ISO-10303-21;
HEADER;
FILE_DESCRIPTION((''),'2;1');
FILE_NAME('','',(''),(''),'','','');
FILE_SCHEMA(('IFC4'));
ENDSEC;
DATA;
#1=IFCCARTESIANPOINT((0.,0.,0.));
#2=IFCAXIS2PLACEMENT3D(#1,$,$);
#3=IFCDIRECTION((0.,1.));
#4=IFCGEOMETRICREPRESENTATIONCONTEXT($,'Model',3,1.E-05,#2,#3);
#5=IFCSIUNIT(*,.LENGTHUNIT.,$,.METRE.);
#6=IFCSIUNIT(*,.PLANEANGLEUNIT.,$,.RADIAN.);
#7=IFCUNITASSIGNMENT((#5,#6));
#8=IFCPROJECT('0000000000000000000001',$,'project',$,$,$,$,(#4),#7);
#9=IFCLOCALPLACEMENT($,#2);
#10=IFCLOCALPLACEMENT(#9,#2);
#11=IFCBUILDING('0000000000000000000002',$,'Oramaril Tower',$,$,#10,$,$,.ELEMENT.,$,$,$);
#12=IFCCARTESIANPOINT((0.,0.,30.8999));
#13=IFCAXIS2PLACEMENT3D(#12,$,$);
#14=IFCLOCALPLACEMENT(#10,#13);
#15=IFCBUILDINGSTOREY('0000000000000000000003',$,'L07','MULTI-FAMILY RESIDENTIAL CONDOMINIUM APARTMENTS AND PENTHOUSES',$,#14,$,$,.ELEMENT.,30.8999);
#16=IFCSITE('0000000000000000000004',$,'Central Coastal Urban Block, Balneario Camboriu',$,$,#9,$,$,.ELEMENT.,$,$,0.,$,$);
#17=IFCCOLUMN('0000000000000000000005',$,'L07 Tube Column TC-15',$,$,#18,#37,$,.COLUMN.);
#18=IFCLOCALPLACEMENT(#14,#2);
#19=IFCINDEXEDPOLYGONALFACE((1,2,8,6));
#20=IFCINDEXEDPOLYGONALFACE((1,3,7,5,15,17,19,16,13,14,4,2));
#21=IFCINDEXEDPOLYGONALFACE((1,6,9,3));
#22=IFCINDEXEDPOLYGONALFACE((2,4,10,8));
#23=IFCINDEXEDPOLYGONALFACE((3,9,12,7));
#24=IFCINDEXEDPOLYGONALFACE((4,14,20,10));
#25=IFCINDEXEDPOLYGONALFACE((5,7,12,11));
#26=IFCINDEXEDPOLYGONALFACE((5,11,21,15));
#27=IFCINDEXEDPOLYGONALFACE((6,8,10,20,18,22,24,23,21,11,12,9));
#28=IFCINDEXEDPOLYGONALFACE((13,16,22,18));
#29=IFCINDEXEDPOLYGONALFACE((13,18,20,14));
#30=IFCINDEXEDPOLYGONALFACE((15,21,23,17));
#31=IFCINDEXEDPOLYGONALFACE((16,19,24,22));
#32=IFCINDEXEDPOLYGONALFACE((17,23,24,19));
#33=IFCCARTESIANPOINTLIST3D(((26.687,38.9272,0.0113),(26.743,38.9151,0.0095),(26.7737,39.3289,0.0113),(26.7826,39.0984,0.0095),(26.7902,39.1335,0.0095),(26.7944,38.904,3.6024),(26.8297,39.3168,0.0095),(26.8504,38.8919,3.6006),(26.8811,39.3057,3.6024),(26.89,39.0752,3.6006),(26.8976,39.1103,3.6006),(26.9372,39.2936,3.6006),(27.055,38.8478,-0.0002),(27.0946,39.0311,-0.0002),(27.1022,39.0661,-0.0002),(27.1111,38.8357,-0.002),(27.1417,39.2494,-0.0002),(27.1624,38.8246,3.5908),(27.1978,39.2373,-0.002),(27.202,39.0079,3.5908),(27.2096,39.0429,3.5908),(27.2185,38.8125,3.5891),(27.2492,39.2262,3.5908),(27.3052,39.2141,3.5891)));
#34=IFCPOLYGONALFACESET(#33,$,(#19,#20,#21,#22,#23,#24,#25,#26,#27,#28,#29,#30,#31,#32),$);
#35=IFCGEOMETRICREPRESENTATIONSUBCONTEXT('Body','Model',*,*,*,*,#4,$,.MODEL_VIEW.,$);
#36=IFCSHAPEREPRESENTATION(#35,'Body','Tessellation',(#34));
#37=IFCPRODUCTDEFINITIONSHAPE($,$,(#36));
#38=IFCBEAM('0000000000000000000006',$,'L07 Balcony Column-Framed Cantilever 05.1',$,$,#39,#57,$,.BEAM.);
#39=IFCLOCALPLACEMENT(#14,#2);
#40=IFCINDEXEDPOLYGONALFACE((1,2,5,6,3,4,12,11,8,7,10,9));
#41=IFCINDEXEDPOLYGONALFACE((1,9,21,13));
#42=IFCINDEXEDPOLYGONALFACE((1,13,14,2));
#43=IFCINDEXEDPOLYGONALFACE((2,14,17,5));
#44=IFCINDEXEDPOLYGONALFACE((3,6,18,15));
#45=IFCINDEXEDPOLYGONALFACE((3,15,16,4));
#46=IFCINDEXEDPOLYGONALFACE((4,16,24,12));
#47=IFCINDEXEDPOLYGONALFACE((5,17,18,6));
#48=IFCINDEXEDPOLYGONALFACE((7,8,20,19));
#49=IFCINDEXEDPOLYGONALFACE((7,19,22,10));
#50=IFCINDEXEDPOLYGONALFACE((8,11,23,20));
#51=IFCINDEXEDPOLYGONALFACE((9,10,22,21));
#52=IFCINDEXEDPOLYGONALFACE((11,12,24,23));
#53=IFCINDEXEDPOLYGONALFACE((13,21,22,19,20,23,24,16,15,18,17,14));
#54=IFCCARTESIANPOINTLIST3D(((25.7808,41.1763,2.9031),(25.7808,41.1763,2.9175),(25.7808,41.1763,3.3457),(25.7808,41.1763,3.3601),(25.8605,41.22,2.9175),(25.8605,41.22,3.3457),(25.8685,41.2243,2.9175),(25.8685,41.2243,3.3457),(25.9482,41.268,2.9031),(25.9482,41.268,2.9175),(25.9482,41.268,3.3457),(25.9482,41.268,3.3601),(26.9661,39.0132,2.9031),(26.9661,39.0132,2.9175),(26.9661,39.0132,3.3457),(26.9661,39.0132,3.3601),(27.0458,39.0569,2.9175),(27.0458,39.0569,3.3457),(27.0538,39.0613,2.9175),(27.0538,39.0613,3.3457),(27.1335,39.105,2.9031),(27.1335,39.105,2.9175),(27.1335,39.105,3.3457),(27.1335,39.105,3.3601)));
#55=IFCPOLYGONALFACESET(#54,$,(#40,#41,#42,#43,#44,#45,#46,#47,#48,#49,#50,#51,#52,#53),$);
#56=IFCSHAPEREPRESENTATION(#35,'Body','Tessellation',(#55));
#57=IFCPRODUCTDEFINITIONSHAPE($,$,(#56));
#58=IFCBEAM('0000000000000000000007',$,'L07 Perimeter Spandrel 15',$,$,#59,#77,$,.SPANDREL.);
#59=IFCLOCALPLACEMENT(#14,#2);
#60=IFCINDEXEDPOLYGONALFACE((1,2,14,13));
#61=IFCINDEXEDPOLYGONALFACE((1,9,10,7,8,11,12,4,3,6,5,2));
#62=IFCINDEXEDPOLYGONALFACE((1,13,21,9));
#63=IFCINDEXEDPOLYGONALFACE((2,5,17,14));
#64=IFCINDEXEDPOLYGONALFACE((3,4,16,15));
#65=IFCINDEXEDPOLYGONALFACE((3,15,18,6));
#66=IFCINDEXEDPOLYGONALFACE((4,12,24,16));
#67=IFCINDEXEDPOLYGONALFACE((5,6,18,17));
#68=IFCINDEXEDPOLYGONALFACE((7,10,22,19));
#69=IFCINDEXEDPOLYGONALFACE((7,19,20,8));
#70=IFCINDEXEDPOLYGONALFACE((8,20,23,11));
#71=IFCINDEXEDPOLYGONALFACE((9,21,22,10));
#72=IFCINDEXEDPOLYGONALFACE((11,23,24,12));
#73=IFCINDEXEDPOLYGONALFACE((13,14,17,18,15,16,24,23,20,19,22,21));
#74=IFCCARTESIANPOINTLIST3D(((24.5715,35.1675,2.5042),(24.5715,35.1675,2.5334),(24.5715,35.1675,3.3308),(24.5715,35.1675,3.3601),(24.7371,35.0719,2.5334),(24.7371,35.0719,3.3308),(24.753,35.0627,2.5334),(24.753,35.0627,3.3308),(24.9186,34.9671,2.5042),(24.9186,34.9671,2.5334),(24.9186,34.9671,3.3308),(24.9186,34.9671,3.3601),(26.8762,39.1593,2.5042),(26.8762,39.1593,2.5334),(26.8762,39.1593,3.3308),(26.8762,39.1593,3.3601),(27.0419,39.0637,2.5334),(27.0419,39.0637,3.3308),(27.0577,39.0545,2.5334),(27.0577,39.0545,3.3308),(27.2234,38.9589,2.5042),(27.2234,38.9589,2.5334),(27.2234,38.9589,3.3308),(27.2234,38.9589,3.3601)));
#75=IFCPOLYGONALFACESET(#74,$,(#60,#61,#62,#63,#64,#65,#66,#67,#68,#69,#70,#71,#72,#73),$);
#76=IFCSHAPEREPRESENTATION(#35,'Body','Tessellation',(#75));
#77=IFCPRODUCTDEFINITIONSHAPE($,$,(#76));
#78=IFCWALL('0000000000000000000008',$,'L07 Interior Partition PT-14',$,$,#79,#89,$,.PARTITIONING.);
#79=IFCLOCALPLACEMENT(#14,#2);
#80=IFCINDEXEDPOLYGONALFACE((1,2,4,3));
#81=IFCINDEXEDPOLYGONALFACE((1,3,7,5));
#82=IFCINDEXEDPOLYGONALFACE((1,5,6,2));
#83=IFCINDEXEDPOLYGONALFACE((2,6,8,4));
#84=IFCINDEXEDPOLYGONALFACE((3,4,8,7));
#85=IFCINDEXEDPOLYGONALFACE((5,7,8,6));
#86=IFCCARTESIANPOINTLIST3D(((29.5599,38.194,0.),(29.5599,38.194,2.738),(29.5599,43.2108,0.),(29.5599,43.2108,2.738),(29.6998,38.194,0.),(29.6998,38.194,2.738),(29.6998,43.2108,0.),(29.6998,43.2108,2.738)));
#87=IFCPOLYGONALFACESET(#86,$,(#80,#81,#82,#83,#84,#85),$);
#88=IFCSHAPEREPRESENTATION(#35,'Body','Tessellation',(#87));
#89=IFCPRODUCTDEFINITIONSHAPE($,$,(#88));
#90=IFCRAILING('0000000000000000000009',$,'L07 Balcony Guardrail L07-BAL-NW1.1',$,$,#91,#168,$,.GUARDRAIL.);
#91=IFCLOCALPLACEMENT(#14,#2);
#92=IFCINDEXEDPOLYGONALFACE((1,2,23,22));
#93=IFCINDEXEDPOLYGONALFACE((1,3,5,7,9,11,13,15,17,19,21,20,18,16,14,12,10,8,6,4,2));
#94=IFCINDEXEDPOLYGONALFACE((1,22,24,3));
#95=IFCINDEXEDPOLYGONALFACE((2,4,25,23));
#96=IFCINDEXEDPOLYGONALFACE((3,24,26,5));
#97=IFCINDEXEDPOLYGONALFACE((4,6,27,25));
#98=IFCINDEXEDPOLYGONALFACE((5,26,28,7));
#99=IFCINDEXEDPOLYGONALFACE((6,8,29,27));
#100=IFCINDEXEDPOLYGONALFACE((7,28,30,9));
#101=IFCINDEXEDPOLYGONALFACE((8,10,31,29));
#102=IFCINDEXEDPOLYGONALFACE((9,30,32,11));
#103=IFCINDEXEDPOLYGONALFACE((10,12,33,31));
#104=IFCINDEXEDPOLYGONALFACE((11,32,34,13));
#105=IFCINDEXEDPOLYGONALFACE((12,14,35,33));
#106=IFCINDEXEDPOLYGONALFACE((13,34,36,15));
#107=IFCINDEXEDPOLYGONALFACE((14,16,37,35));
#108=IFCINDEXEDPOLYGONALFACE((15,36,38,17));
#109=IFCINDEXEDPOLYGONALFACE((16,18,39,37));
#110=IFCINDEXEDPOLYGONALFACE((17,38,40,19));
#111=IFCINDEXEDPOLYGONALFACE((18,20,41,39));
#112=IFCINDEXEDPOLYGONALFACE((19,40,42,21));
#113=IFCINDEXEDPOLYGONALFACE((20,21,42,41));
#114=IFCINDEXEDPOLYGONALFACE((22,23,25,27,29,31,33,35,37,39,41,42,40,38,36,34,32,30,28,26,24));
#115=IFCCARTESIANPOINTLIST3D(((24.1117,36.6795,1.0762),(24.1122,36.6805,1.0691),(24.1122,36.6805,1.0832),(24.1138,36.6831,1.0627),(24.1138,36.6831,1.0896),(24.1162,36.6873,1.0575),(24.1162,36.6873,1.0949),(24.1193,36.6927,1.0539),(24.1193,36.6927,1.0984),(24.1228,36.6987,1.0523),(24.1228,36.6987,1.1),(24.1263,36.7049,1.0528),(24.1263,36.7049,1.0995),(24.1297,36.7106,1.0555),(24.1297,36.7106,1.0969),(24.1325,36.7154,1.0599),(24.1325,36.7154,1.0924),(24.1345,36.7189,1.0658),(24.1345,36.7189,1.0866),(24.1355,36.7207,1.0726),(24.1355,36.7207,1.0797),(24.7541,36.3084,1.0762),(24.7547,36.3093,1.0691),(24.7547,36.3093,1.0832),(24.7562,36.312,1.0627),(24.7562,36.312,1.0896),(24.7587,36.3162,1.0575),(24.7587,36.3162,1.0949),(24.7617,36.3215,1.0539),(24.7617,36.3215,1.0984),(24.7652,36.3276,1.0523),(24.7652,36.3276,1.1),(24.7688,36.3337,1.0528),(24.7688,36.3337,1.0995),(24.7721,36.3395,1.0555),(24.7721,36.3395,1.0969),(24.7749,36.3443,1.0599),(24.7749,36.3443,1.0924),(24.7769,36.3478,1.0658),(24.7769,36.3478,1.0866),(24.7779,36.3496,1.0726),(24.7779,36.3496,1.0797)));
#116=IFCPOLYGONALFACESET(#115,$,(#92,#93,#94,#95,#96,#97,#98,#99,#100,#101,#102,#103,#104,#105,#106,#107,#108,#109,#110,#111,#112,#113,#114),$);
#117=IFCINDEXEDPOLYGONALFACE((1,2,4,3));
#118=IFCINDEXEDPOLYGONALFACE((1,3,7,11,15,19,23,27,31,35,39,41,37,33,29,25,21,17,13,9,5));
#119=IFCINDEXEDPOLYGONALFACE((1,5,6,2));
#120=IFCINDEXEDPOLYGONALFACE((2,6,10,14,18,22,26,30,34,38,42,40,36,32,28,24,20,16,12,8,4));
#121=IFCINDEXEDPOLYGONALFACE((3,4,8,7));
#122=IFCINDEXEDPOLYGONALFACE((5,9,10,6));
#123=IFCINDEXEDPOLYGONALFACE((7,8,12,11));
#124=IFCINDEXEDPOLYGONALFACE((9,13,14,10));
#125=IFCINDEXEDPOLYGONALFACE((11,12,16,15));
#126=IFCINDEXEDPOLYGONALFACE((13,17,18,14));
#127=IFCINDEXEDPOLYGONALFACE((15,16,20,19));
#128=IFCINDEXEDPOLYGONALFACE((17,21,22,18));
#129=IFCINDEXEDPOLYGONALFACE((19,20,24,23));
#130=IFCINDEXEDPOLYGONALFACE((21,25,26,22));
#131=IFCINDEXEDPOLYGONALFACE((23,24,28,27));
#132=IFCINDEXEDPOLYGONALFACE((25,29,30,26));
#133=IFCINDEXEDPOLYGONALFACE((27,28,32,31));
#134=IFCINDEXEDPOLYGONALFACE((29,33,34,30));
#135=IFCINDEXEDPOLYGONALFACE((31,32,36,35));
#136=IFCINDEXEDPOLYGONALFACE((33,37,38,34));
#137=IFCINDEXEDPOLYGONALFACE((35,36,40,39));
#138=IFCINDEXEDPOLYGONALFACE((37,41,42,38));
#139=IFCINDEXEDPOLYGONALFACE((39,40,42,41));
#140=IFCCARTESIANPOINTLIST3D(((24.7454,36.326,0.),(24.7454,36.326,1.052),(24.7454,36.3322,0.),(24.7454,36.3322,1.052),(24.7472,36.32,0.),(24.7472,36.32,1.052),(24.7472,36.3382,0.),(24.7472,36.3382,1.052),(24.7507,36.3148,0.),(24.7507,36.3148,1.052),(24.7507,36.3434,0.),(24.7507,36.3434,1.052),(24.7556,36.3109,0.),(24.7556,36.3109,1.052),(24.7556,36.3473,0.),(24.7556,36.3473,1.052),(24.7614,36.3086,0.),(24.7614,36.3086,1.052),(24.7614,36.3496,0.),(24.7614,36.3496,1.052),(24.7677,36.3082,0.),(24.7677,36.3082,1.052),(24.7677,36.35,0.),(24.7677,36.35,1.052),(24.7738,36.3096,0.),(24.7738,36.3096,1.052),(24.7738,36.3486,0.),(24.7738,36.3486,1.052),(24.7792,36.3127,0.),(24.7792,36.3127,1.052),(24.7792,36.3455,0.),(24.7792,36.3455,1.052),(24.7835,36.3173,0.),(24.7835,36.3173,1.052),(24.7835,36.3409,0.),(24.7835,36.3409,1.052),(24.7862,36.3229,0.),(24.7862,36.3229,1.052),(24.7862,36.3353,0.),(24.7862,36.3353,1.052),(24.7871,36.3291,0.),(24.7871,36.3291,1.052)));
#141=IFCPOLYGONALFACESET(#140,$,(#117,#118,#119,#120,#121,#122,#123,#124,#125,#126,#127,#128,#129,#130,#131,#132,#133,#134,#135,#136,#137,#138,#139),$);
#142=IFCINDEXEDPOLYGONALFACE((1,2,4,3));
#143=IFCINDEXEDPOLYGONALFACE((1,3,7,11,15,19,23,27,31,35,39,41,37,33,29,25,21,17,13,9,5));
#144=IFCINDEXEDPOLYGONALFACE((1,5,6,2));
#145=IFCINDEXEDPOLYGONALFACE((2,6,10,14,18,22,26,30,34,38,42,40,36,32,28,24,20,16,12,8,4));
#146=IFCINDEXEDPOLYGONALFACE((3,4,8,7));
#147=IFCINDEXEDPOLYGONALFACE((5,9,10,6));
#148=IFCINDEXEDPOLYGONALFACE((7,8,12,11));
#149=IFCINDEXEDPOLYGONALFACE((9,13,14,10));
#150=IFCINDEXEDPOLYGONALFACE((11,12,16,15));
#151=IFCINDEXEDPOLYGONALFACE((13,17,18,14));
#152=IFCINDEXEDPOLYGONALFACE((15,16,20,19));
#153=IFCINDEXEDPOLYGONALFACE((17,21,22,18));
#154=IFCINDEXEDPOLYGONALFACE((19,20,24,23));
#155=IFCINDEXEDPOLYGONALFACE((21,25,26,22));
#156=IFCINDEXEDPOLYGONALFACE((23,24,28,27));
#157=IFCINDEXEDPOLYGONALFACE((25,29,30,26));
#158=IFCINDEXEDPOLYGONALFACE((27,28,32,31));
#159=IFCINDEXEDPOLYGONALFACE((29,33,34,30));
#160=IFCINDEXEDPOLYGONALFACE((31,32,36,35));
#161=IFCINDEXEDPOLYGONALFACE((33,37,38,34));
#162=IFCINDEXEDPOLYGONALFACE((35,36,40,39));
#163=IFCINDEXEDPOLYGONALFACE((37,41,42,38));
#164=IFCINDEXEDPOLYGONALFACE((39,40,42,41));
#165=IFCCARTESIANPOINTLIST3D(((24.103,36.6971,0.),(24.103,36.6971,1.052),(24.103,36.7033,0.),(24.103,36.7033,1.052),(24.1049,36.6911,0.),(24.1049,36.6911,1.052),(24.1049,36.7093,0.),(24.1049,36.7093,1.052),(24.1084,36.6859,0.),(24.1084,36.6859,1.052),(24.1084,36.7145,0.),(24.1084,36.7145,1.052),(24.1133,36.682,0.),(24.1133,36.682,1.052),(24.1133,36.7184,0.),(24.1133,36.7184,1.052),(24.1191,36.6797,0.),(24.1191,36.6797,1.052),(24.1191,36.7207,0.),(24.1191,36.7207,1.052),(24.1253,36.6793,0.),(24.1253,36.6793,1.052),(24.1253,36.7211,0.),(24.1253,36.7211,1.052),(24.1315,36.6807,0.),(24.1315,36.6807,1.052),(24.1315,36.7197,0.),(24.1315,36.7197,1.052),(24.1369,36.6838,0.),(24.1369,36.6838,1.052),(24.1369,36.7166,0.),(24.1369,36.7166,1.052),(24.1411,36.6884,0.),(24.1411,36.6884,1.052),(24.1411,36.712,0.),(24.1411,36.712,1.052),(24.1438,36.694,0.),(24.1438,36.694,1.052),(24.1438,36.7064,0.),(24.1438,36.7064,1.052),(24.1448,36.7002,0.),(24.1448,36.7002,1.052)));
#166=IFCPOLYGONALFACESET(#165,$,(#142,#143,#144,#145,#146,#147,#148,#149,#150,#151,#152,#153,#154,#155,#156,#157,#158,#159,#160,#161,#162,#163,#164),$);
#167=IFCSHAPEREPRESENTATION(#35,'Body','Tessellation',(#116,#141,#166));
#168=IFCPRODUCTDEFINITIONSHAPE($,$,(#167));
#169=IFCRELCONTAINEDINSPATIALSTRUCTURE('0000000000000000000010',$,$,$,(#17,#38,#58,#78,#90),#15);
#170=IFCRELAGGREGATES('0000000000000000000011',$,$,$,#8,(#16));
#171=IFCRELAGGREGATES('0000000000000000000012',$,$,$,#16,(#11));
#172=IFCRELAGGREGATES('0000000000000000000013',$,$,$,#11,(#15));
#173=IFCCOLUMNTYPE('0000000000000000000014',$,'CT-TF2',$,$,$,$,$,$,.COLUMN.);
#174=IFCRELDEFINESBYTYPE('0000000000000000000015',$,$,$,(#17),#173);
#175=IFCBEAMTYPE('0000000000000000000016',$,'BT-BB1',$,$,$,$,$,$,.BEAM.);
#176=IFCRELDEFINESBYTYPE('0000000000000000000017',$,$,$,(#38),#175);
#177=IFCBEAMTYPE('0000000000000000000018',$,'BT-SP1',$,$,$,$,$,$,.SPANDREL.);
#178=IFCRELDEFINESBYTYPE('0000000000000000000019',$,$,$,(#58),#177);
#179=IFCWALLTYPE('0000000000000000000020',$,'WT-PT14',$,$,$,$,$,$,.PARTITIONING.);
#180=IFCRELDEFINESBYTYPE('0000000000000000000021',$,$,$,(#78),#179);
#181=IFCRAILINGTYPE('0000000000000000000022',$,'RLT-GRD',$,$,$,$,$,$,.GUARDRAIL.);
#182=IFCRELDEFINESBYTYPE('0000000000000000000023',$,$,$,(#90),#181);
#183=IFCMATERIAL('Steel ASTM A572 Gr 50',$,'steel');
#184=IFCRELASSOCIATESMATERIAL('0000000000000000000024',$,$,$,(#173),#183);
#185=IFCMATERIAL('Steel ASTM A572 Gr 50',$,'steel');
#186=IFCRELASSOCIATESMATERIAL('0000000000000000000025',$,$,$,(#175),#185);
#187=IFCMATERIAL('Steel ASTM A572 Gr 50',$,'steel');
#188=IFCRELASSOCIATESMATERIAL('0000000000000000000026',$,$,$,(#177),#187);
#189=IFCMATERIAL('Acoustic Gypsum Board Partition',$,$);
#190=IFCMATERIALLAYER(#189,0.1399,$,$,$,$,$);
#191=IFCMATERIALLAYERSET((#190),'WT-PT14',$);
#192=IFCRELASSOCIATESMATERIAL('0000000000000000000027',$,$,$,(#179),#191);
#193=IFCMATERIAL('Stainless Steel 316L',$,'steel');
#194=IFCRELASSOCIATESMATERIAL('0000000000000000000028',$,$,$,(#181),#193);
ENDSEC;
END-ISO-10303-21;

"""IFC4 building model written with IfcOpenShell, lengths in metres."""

from ifc_helpers import new_model, si_unit, direction, frame, frame_2d, origin, origin_2d, place, context, subcontext, project, spatial, rectangle, circle, i_section, extrude, material, layer, layer_set, material_profile, profile_set, type_object, element, save


model = new_model("IFC4")

# Units and contexts
model_context = context("Model", 3, precision=1e-05, world=origin(), true_north=direction((0.0, 1.0)))
body_context = subcontext(model_context, "Body", "Model", "MODEL_VIEW")
ifc_project = project(units=[si_unit("LENGTHUNIT", "METRE"), si_unit("PLANEANGLEUNIT", "RADIAN")], contexts=[model_context])

# Site, building, storey
site_placement = place(None, origin())
site = spatial("IfcSite", under=ifc_project, at=site_placement, Name="Central Coastal Urban Block, Balneario Camboriu", CompositionType="ELEMENT", RefElevation=0.0)
building_placement = place(site_placement, origin())
building = spatial("IfcBuilding", under=site, at=building_placement, Name="Oramaril Tower", CompositionType="ELEMENT")
storey_placement = place(building_placement, frame((0.0, 0.0, 30.8999)))
storey = spatial("IfcBuildingStorey", under=building, at=storey_placement, Name="L07", Description="MULTI-FAMILY RESIDENTIAL CONDOMINIUM APARTMENTS AND PENTHOUSES", CompositionType="ELEMENT", Elevation=30.8999)

# Column
ifc_material_1 = material(Name="Steel ASTM A572 Gr 50", Category="steel")
ifc_material_profile_1 = material_profile(ifc_material_1, i_section(OverallWidth=0.4109, OverallDepth=0.4341, WebThickness=0.0359, FlangeThickness=0.0574, at=origin_2d()), Name="W14X311")
ifc_profile_set_1 = profile_set([ifc_material_profile_1], Name="Steel ASTM A572 Gr 50")
column_type = type_object("IfcColumnType", Name="CT-TF2", PredefinedType="COLUMN", material=ifc_profile_set_1)
column_placement = place(storey_placement, frame((26.9424, 39.0823, 0.0046), z_axis=(0.0299, -0.006456, 0.999532), x_axis=(0.211046, 0.977476, 0.0)))
element("IfcColumn", 1, at=column_placement, inside=storey, type_object=column_type, Name="L07 Tube Column TC-15", PredefinedType="COLUMN", context=body_context, shape_type="SweptSolid", body=[
    extrude(i_section(OverallWidth=0.4109, OverallDepth=0.4341, WebThickness=0.0359, FlangeThickness=0.0574, at=origin_2d()), origin(), (0.0, 0.0, 1.0), 3.5928),
])

# Beams
ifc_material_2 = material(Name="Steel ASTM A572 Gr 50", Category="steel")
ifc_material_profile_2 = material_profile(ifc_material_2, i_section(OverallWidth=0.1909, OverallDepth=0.457, WebThickness=0.009, FlangeThickness=0.0144, at=origin_2d()), Name="W18X50")
ifc_profile_set_2 = profile_set([ifc_material_profile_2], Name="Steel ASTM A572 Gr 50")
beam_type_1 = type_object("IfcBeamType", Name="BT-BB1", PredefinedType="BEAM", material=ifc_profile_set_2)
beam_1_placement = place(storey_placement, frame((27.0498, 39.0591, 3.1316), z_axis=(-0.48055, 0.876967, 0.0), x_axis=(-0.876967, -0.48055, 0.0)))
element("IfcBeam", 2, at=beam_1_placement, inside=storey, type_object=beam_type_1, Name="L07 Balcony Column-Framed Cantilever 05.1", PredefinedType="BEAM", context=body_context, shape_type="SweptSolid", body=[
    extrude(i_section(OverallWidth=0.1909, OverallDepth=0.457, WebThickness=0.009, FlangeThickness=0.0144, at=origin_2d()), origin(), (0.0, 0.0, 1.0), 2.4666),
])
ifc_material_3 = material(Name="Steel ASTM A572 Gr 50", Category="steel")
ifc_material_profile_3 = material_profile(ifc_material_3, i_section(OverallWidth=0.4009, OverallDepth=0.856, WebThickness=0.0183, FlangeThickness=0.0293, at=origin_2d()), Name="W33X201")
ifc_profile_set_3 = profile_set([ifc_material_profile_3], Name="Steel ASTM A572 Gr 50")
beam_type_2 = type_object("IfcBeamType", Name="BT-SP1", PredefinedType="SPANDREL", material=ifc_profile_set_3)
beam_2_placement = place(storey_placement, frame((27.0498, 39.0591, 2.9321), z_axis=(-0.500013, -0.866018, 0.0), x_axis=(0.866018, -0.500013, 0.0)))
element("IfcBeam", 3, at=beam_2_placement, inside=storey, type_object=beam_type_2, Name="L07 Perimeter Spandrel 15", PredefinedType="SPANDREL", context=body_context, shape_type="SweptSolid", body=[
    extrude(i_section(OverallWidth=0.4009, OverallDepth=0.856, WebThickness=0.0183, FlangeThickness=0.0293, at=origin_2d()), origin(), (0.0, 0.0, 1.0), 4.6094),
])

# Shared definitions
ifc_material_4 = material(Name="Acoustic Gypsum Board Partition")
ifc_layer = layer(ifc_material_4, 0.1399)
ifc_layer_set = layer_set([ifc_layer], Name="WT-PT14")
wall_type = type_object("IfcWallType", Name="WT-PT14", PredefinedType="PARTITIONING", material=ifc_layer_set)

# Wall
wall_1_placement = place(storey_placement, frame((29.6299, 38.1941, 0.0), z_axis=(0.0, 0.0, 1.0), x_axis=(0.0, 1.0, 0.0)))
element("IfcWall", 4, at=wall_1_placement, inside=storey, type_object=wall_type, Name="L07 Interior Partition PT-14", PredefinedType="PARTITIONING", context=body_context, shape_type="SweptSolid", body=[
    extrude(rectangle(XDim=5.0168, YDim=0.1399, at=frame_2d((2.5083, 0.0))), origin(), (0.0, 0.0, 1.0), 2.738),
])

# Railing
ifc_material_5 = material(Name="Stainless Steel 316L", Category="steel")
railing_type = type_object("IfcRailingType", Name="RLT-GRD", PredefinedType="GUARDRAIL", material=ifc_material_5)
railing_1_placement = place(storey_placement, frame((24.7661, 36.3291, 0.0)))
element("IfcRailing", 5, at=railing_1_placement, inside=storey, type_object=railing_type, Name="L07 Balcony Guardrail L07-BAL-NW1.1", PredefinedType="GUARDRAIL", context=body_context, shape_type="SweptSolid", body=[
    extrude(circle(Radius=0.0239, at=origin_2d()), frame((0.0, 0.0, 1.0762), z_axis=(-0.865884, 0.500245, 0.0), x_axis=(-0.500245, -0.865884, 0.0)), (0.0, 0.0, 1.0), 0.7419),
    extrude(circle(Radius=0.021, at=origin_2d()), origin(), (0.0, 0.0, 1.0), 1.052),
    extrude(circle(Radius=0.021, at=origin_2d()), frame((-0.6423, 0.3711, 0.0)), (0.0, 0.0, 1.0), 1.052),
])

save(model, "model.ifc")
